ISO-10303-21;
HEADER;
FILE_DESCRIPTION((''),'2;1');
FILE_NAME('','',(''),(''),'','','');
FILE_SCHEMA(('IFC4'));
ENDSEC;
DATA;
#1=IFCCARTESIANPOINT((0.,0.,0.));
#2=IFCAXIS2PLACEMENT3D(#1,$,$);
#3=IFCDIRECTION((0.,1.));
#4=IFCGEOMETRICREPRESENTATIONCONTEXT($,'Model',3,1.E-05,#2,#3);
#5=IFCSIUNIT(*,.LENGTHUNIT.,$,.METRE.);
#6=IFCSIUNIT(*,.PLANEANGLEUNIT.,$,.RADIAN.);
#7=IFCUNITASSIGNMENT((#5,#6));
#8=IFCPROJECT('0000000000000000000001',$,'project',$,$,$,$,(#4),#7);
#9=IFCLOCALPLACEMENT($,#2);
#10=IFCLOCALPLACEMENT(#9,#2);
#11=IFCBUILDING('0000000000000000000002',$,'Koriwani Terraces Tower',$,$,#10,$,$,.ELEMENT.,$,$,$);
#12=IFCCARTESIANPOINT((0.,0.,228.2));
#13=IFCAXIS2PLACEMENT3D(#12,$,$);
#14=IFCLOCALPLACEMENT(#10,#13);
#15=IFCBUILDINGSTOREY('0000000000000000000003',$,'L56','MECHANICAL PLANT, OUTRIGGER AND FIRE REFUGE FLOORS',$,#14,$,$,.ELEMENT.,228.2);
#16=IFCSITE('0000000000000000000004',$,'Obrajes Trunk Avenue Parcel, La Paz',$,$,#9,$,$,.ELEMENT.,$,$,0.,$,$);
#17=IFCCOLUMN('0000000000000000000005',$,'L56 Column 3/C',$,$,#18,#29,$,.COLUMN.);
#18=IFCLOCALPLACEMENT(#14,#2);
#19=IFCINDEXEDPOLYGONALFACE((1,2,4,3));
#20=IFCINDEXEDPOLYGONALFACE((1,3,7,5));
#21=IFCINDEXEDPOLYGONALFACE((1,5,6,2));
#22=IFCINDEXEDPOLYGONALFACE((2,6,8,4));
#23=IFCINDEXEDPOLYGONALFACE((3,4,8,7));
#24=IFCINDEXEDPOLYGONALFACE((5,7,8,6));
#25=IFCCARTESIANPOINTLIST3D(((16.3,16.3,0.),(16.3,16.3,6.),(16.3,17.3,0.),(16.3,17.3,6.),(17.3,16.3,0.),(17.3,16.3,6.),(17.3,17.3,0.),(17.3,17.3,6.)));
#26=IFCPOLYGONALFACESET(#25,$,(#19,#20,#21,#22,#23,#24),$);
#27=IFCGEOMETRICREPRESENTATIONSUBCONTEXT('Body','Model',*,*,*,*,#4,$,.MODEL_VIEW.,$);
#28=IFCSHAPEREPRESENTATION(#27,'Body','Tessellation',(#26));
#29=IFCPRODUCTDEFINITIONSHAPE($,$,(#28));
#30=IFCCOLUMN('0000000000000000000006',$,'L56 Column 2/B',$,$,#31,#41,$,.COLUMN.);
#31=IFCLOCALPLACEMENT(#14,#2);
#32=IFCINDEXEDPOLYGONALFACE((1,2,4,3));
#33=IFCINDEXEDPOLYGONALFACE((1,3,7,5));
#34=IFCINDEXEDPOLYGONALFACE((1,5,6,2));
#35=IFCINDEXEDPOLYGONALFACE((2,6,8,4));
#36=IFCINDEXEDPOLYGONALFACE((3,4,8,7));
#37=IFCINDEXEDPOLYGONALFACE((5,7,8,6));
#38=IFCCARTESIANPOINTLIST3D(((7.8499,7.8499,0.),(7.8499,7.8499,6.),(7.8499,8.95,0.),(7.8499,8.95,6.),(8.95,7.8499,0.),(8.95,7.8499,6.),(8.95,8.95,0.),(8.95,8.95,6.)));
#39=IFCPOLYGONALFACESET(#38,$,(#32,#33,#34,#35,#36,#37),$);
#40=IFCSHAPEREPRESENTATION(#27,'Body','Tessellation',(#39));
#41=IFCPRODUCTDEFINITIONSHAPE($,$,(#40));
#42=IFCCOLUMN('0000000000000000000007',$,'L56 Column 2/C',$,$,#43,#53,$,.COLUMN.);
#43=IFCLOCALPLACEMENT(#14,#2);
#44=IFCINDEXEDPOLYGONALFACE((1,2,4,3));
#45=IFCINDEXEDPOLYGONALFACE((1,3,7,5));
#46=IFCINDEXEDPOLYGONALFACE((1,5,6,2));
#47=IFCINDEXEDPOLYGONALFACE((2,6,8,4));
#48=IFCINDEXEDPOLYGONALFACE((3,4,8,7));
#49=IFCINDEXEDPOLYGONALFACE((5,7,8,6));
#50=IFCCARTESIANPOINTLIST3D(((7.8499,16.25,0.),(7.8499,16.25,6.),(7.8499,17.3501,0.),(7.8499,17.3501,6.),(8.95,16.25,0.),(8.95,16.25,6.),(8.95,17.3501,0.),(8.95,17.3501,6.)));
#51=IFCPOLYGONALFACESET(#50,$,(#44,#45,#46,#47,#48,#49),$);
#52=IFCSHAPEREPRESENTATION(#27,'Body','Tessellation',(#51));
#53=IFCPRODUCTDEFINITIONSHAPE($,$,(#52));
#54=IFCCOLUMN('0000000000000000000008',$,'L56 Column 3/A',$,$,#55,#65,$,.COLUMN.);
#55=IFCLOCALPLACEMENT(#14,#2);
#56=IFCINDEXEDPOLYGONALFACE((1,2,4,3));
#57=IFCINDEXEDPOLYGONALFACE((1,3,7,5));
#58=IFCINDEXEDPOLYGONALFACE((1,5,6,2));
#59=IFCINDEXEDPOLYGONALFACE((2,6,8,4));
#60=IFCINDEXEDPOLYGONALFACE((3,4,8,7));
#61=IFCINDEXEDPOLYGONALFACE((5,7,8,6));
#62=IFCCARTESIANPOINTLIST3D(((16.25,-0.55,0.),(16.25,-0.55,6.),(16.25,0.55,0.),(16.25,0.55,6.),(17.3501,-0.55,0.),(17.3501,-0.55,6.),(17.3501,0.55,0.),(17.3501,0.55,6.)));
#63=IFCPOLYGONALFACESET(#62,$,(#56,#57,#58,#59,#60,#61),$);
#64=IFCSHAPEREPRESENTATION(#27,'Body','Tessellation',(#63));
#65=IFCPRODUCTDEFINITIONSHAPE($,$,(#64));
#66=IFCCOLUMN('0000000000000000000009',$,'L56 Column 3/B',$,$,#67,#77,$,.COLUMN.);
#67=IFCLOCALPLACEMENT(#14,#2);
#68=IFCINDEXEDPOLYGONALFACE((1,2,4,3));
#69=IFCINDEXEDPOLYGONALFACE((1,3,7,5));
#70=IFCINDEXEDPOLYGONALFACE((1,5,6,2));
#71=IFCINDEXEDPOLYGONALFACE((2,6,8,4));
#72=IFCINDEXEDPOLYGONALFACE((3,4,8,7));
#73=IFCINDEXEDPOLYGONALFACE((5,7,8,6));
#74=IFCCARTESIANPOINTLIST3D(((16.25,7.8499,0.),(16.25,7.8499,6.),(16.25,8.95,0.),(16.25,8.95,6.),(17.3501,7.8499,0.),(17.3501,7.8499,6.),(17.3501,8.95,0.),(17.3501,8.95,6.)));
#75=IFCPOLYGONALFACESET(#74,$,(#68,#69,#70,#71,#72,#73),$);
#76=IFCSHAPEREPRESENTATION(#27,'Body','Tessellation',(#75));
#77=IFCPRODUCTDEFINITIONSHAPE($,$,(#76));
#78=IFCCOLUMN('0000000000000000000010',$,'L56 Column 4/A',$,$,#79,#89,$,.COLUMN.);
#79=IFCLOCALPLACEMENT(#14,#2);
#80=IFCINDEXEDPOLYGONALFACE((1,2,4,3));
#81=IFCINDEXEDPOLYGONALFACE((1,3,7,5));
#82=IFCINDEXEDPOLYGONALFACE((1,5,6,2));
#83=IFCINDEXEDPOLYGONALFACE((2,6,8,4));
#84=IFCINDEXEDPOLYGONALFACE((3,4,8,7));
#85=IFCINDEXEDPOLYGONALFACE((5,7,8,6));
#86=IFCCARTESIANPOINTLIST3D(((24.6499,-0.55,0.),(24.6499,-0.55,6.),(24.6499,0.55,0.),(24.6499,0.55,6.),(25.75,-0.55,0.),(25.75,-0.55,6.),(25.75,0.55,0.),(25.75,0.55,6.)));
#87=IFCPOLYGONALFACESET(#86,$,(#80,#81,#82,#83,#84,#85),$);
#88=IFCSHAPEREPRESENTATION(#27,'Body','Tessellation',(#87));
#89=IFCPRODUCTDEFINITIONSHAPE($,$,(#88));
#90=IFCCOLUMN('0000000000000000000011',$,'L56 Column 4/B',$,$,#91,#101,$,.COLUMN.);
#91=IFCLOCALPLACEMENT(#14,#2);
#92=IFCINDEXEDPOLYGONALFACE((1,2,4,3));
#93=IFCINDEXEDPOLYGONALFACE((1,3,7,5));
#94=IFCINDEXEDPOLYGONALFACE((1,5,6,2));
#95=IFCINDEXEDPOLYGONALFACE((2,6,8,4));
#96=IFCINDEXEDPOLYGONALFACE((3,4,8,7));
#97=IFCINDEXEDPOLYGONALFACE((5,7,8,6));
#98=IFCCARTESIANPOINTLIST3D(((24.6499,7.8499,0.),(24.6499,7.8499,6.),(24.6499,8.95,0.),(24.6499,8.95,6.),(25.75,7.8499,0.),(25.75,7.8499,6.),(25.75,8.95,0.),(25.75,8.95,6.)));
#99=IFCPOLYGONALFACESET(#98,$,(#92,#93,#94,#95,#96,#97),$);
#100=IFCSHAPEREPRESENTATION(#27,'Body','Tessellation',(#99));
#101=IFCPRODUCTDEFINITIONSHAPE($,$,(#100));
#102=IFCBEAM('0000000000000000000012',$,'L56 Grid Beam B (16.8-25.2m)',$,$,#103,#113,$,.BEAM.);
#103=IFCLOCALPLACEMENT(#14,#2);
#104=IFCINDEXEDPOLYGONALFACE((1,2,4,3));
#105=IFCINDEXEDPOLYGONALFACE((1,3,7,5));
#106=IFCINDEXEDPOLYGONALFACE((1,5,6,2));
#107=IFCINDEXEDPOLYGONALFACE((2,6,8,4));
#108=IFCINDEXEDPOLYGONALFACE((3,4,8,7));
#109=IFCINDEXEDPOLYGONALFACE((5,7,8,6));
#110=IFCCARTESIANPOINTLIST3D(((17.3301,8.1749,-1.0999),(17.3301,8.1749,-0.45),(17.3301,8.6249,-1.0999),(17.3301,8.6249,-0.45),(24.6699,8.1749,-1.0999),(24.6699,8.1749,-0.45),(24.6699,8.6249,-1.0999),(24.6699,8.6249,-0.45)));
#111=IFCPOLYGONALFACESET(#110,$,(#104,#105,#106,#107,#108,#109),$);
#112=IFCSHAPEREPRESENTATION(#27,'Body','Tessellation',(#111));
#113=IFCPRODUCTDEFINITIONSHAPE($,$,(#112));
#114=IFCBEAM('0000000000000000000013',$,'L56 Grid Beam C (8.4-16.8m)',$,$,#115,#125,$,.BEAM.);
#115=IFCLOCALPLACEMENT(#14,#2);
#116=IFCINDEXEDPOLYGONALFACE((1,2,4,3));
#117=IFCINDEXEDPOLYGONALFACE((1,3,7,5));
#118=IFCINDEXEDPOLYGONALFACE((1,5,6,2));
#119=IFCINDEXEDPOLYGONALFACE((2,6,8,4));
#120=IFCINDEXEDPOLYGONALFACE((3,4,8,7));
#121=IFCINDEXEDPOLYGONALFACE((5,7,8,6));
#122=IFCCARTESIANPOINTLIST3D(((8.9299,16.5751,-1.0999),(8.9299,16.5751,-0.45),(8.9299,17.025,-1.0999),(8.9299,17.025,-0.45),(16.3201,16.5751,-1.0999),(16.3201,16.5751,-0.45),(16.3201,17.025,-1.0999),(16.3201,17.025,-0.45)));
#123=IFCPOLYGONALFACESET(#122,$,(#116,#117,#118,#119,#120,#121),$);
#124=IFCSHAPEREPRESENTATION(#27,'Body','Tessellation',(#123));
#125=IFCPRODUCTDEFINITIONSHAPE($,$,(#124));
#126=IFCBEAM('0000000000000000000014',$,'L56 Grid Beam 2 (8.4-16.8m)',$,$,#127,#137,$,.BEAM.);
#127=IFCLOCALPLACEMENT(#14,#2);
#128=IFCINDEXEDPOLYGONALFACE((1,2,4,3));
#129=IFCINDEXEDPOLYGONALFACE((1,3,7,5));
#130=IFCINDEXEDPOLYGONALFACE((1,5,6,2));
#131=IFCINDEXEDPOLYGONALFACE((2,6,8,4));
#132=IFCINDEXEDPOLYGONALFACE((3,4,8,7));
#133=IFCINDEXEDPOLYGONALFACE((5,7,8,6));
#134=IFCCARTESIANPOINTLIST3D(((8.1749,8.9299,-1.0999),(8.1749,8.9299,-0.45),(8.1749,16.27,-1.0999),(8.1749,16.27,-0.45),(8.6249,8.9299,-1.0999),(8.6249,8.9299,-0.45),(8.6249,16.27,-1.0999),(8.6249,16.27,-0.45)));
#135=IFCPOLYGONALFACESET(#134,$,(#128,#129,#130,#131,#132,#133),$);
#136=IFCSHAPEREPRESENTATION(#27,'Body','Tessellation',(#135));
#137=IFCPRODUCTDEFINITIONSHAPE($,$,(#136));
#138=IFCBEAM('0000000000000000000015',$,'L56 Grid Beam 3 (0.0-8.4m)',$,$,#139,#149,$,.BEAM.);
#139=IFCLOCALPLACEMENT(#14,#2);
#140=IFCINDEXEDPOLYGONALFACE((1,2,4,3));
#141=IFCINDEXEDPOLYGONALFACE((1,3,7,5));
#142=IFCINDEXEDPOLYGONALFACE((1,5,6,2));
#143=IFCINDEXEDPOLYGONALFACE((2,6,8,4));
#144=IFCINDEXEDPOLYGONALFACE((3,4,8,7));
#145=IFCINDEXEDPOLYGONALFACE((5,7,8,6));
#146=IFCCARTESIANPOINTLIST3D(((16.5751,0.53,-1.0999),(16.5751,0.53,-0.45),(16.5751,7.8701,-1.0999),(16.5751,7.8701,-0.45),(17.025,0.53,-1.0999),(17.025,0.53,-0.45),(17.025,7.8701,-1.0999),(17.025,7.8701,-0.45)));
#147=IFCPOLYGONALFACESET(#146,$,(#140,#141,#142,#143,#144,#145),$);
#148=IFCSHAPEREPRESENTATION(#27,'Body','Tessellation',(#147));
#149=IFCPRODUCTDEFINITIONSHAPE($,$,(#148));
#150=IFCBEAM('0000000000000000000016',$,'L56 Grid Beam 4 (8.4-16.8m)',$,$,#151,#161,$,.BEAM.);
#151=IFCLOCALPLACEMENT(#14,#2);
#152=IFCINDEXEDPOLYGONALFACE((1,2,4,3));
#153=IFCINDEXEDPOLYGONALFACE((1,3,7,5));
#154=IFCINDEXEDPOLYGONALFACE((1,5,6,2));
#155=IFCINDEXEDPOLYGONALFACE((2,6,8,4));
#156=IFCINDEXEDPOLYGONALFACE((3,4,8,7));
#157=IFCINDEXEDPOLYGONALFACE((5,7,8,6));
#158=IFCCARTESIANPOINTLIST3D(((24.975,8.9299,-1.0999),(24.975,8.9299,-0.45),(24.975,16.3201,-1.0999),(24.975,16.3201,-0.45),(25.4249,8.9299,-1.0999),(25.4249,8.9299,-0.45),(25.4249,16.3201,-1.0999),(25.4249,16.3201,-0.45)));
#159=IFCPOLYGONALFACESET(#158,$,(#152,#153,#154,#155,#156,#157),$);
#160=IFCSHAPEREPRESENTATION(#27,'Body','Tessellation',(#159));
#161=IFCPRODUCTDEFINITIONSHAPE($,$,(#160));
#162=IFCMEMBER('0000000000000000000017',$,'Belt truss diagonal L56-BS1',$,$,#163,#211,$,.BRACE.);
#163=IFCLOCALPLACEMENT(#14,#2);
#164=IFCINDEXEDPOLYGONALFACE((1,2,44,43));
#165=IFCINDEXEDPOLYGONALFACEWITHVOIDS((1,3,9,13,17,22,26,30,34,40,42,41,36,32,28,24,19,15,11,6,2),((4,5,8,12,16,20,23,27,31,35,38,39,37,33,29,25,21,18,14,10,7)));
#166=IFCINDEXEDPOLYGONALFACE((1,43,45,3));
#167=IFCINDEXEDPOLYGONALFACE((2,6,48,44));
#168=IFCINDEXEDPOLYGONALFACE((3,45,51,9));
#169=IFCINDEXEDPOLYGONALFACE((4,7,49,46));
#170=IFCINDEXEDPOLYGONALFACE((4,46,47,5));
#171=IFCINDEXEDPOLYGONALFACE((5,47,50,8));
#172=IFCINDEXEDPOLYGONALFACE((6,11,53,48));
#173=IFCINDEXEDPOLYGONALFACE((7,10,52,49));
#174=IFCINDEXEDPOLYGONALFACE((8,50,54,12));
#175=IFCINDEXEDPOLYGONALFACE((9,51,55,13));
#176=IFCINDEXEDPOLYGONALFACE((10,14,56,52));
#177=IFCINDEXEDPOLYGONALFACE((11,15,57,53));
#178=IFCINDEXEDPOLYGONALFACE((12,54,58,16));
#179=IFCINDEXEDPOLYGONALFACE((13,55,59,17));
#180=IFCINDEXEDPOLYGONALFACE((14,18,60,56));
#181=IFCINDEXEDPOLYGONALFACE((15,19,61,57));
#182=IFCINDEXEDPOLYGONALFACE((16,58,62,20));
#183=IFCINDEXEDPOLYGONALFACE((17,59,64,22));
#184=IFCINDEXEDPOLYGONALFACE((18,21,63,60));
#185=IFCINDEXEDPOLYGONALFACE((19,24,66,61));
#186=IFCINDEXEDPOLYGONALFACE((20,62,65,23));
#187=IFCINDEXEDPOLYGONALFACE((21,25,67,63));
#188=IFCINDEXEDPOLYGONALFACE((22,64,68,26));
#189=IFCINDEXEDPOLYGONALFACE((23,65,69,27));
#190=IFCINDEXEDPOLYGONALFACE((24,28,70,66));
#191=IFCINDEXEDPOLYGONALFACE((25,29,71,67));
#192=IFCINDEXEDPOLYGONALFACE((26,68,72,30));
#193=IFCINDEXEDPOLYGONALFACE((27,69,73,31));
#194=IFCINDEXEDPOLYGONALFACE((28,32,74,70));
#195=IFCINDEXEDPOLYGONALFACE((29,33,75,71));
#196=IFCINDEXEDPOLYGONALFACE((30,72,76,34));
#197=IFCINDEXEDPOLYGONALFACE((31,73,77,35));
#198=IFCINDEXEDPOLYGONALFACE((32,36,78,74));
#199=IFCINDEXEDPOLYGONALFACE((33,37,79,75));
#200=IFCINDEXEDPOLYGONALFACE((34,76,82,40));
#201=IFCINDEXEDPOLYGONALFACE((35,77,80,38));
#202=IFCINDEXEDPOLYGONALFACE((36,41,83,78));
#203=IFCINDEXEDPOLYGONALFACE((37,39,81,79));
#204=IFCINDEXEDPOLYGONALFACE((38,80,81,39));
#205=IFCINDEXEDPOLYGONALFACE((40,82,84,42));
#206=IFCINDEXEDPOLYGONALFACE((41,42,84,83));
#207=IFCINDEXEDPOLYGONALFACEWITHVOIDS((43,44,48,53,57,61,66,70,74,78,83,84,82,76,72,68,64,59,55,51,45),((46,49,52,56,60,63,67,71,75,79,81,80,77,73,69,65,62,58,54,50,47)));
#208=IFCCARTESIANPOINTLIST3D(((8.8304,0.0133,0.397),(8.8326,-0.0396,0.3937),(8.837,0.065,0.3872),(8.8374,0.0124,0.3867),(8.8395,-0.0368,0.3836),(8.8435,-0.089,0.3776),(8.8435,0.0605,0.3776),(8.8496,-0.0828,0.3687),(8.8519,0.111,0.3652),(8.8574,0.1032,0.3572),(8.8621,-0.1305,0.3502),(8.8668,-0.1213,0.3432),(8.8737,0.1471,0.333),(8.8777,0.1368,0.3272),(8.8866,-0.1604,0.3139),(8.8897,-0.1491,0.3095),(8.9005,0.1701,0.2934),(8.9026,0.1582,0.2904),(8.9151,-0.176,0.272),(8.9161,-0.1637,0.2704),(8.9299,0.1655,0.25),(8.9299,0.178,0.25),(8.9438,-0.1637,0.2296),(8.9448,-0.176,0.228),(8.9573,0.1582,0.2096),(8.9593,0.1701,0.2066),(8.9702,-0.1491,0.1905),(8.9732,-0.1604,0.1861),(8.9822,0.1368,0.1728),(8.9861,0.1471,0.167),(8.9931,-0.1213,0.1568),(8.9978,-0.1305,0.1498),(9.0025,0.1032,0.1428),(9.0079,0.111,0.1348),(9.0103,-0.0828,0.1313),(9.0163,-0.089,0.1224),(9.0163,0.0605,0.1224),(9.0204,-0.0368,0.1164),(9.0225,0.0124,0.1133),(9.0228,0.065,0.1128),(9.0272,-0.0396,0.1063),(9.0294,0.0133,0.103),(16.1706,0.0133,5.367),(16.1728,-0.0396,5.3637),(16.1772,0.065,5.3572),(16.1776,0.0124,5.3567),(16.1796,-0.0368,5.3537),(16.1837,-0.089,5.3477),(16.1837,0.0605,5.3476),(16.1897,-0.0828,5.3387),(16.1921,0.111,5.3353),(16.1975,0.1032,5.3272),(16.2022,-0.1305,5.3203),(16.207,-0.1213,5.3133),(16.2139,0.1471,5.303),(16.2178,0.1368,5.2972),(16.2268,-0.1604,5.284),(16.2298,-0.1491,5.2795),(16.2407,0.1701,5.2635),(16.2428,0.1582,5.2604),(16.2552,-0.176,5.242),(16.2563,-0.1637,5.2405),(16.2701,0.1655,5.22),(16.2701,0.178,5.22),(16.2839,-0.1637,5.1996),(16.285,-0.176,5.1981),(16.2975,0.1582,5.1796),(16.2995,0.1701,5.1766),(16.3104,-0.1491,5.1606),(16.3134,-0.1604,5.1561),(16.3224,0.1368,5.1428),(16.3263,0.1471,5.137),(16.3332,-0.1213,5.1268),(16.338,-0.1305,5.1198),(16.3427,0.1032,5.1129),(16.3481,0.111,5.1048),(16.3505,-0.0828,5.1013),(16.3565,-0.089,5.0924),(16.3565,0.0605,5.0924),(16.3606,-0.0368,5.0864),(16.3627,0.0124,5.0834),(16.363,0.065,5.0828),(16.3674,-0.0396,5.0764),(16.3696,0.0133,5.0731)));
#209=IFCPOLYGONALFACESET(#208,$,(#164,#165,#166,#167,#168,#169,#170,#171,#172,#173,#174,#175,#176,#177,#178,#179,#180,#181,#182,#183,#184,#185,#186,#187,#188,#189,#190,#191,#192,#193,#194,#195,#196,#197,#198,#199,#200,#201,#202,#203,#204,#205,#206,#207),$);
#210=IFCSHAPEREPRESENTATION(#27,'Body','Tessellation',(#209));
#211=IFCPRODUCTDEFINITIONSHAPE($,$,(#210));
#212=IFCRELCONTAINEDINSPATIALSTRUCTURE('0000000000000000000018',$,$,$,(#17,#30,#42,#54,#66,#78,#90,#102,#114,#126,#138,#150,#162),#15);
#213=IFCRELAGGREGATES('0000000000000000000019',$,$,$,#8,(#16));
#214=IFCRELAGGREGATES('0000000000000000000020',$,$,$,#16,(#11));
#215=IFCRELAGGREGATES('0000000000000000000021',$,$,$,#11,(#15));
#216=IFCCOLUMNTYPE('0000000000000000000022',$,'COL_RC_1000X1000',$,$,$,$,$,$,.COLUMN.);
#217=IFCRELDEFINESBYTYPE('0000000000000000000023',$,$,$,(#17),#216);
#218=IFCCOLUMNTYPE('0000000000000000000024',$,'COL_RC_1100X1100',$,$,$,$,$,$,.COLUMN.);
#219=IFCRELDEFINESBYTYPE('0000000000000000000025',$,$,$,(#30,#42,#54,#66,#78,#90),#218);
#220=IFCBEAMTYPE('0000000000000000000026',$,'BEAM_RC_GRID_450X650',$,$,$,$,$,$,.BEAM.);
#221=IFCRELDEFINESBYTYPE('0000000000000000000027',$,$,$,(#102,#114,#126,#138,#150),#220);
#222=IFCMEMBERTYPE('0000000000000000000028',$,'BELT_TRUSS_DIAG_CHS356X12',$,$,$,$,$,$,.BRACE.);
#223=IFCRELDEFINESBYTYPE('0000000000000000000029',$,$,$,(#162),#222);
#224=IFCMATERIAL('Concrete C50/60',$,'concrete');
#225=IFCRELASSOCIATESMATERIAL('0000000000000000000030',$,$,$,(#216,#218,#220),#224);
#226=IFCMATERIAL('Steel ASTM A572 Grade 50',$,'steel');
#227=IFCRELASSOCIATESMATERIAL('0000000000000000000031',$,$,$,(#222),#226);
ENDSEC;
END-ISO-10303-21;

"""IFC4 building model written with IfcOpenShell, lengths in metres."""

from ifc_helpers import new_model, si_unit, direction, frame, origin, origin_2d, place, context, subcontext, project, spatial, rectangle, hollow_circle, extrude, material, material_profile, profile_set, type_object, element, save


model = new_model("IFC4")

# Units and contexts
model_context = context("Model", 3, precision=1e-05, world=origin(), true_north=direction((0.0, 1.0)))
body_context = subcontext(model_context, "Body", "Model", "MODEL_VIEW")
ifc_project = project(units=[si_unit("LENGTHUNIT", "METRE"), si_unit("PLANEANGLEUNIT", "RADIAN")], contexts=[model_context])

# Site, building, storey
site_placement = place(None, origin())
site = spatial("IfcSite", under=ifc_project, at=site_placement, Name="Obrajes Trunk Avenue Parcel, La Paz", CompositionType="ELEMENT", RefElevation=0.0)
building_placement = place(site_placement, origin())
building = spatial("IfcBuilding", under=site, at=building_placement, Name="Koriwani Terraces Tower", CompositionType="ELEMENT")
storey_placement = place(building_placement, frame((0.0, 0.0, 228.2)))
storey = spatial("IfcBuildingStorey", under=building, at=storey_placement, Name="L56", Description="MECHANICAL PLANT, OUTRIGGER AND FIRE REFUGE FLOORS", CompositionType="ELEMENT", Elevation=228.2)

# Columns
ifc_material_1 = material(Name="Concrete C50/60", Category="concrete")
ifc_material_profile_1 = material_profile(ifc_material_1, rectangle(XDim=1.0, YDim=1.0, at=origin_2d()), Name="Concrete C50/60", Category="LoadBearing")
ifc_profile_set_1 = profile_set([ifc_material_profile_1], Name="Concrete C50/60")
column_type_1 = type_object("IfcColumnType", Name="COL_RC_1000X1000", PredefinedType="COLUMN", material=ifc_profile_set_1)
column_placement = place(storey_placement, frame((16.8, 16.8, 0.0), z_axis=(0.0, 0.0, 1.0), x_axis=(1.0, 0.0, 0.0)))
element("IfcColumn", 1, at=column_placement, inside=storey, type_object=column_type_1, Name="L56 Column 3/C", PredefinedType="COLUMN", context=body_context, shape_type="SweptSolid", body=[
    extrude(rectangle(XDim=1.0, YDim=1.0, at=origin_2d()), origin(), (0.0, 0.0, 1.0), 6.0),
])
ifc_material_profile_2 = material_profile(ifc_material_1, rectangle(XDim=1.1001, YDim=1.1001, at=origin_2d()), Name="Concrete C50/60", Category="LoadBearing")
ifc_profile_set_2 = profile_set([ifc_material_profile_2], Name="Concrete C50/60")
column_type_2 = type_object("IfcColumnType", Name="COL_RC_1100X1100", PredefinedType="COLUMN", material=ifc_profile_set_2)
for number, where, z_axis, x_axis, name in (
    (2, (8.3999, 8.3999, 0.0), (0.0, 0.0, 1.0), (1.0, 0.0, 0.0), "L56 Column 2/B"),
    (3, (8.3999, 16.8, 0.0), (0.0, 0.0, 1.0), (1.0, 0.0, 0.0), "L56 Column 2/C"),
    (4, (16.8, 0.0, 0.0), (0.0, 0.0, 1.0), (1.0, 0.0, 0.0), "L56 Column 3/A"),
    (5, (16.8, 8.3999, 0.0), (0.0, 0.0, 1.0), (1.0, 0.0, 0.0), "L56 Column 3/B"),
    (6, (25.2, 0.0, 0.0), (0.0, 0.0, 1.0), (1.0, 0.0, 0.0), "L56 Column 4/A"),
    (7, (25.2, 8.3999, 0.0), (0.0, 0.0, 1.0), (1.0, 0.0, 0.0), "L56 Column 4/B"),
):
    element("IfcColumn", number, at=place(storey_placement, frame(where, z_axis=z_axis, x_axis=x_axis)), inside=storey, type_object=column_type_2, Name=name, PredefinedType="COLUMN", context=body_context, shape_type="SweptSolid", body=[
        extrude(rectangle(XDim=1.1001, YDim=1.1001, at=origin_2d()), origin(), (0.0, 0.0, 1.0), 6.0),
    ])

# Beams
ifc_material_profile_3 = material_profile(ifc_material_1, rectangle(XDim=0.45, YDim=0.6499, at=origin_2d()), Name="Concrete C50/60", Category="LoadBearing")
ifc_profile_set_3 = profile_set([ifc_material_profile_3], Name="Concrete C50/60")
beam_type_1 = type_object("IfcBeamType", Name="BEAM_RC_GRID_450X650", PredefinedType="BEAM", material=ifc_profile_set_3)
beam_1_placement = place(storey_placement, frame((17.3301, 8.3999, -0.7749), z_axis=(1.0, 0.0, 0.0), x_axis=(0.0, 1.0, 0.0)))
element("IfcBeam", 8, at=beam_1_placement, inside=storey, type_object=beam_type_1, Name="L56 Grid Beam B (16.8-25.2m)", PredefinedType="BEAM", context=body_context, shape_type="SweptSolid", body=[
    extrude(rectangle(XDim=0.45, YDim=0.6499, at=origin_2d()), origin(), (0.0, 0.0, 1.0), 7.3398),
])
beam_2_placement = place(storey_placement, frame((8.9299, 16.8, -0.7749), z_axis=(1.0, 0.0, 0.0), x_axis=(0.0, 1.0, 0.0)))
element("IfcBeam", 9, at=beam_2_placement, inside=storey, type_object=beam_type_1, Name="L56 Grid Beam C (8.4-16.8m)", PredefinedType="BEAM", context=body_context, shape_type="SweptSolid", body=[
    extrude(rectangle(XDim=0.45, YDim=0.6499, at=origin_2d()), origin(), (0.0, 0.0, 1.0), 7.3901),
])
for number, where, z_axis, x_axis, name in (
    (10, (8.3999, 8.9299, -0.7749), (0.0, 1.0, 0.0), (-1.0, 0.0, 0.0), "L56 Grid Beam 2 (8.4-16.8m)"),
    (11, (16.8, 0.53, -0.7749), (0.0, 1.0, 0.0), (-1.0, 0.0, 0.0), "L56 Grid Beam 3 (0.0-8.4m)"),
):
    element("IfcBeam", number, at=place(storey_placement, frame(where, z_axis=z_axis, x_axis=x_axis)), inside=storey, type_object=beam_type_1, Name=name, PredefinedType="BEAM", context=body_context, shape_type="SweptSolid", body=[
        extrude(rectangle(XDim=0.45, YDim=0.6499, at=origin_2d()), origin(), (0.0, 0.0, 1.0), 7.3401),
    ])
beam_3_placement = place(storey_placement, frame((25.2, 8.9299, -0.7749), z_axis=(0.0, 1.0, 0.0), x_axis=(-1.0, 0.0, 0.0)))
element("IfcBeam", 12, at=beam_3_placement, inside=storey, type_object=beam_type_1, Name="L56 Grid Beam 4 (8.4-16.8m)", PredefinedType="BEAM", context=body_context, shape_type="SweptSolid", body=[
    extrude(rectangle(XDim=0.45, YDim=0.6499, at=origin_2d()), origin(), (0.0, 0.0, 1.0), 7.3901),
])

# Member
ifc_material_2 = material(Name="Steel ASTM A572 Grade 50", Category="steel")
ifc_material_profile_4 = material_profile(ifc_material_2, hollow_circle(Radius=0.178, WallThickness=0.0125, at=origin_2d()), Name="Steel ASTM A572 Grade 50", Category="LoadBearing")
ifc_profile_set_4 = profile_set([ifc_material_profile_4], Name="Steel ASTM A572 Grade 50")
member_type = type_object("IfcMemberType", Name="BELT_TRUSS_DIAG_CHS356X12", PredefinedType="BRACE", material=ifc_profile_set_4)
member_placement = place(storey_placement, frame((8.9299, 0.0, 0.25), z_axis=(0.828042, 0.0, 0.560667), x_axis=(0.0, 1.0, 0.0)))
element("IfcMember", 13, at=member_placement, inside=storey, type_object=member_type, Name="Belt truss diagonal L56-BS1", PredefinedType="BRACE", context=body_context, shape_type="SweptSolid", body=[
    extrude(hollow_circle(Radius=0.178, WallThickness=0.0125, at=origin_2d()), origin(), (0.0, 0.0, 1.0), 8.8645),
])

save(model, "model.ifc")
